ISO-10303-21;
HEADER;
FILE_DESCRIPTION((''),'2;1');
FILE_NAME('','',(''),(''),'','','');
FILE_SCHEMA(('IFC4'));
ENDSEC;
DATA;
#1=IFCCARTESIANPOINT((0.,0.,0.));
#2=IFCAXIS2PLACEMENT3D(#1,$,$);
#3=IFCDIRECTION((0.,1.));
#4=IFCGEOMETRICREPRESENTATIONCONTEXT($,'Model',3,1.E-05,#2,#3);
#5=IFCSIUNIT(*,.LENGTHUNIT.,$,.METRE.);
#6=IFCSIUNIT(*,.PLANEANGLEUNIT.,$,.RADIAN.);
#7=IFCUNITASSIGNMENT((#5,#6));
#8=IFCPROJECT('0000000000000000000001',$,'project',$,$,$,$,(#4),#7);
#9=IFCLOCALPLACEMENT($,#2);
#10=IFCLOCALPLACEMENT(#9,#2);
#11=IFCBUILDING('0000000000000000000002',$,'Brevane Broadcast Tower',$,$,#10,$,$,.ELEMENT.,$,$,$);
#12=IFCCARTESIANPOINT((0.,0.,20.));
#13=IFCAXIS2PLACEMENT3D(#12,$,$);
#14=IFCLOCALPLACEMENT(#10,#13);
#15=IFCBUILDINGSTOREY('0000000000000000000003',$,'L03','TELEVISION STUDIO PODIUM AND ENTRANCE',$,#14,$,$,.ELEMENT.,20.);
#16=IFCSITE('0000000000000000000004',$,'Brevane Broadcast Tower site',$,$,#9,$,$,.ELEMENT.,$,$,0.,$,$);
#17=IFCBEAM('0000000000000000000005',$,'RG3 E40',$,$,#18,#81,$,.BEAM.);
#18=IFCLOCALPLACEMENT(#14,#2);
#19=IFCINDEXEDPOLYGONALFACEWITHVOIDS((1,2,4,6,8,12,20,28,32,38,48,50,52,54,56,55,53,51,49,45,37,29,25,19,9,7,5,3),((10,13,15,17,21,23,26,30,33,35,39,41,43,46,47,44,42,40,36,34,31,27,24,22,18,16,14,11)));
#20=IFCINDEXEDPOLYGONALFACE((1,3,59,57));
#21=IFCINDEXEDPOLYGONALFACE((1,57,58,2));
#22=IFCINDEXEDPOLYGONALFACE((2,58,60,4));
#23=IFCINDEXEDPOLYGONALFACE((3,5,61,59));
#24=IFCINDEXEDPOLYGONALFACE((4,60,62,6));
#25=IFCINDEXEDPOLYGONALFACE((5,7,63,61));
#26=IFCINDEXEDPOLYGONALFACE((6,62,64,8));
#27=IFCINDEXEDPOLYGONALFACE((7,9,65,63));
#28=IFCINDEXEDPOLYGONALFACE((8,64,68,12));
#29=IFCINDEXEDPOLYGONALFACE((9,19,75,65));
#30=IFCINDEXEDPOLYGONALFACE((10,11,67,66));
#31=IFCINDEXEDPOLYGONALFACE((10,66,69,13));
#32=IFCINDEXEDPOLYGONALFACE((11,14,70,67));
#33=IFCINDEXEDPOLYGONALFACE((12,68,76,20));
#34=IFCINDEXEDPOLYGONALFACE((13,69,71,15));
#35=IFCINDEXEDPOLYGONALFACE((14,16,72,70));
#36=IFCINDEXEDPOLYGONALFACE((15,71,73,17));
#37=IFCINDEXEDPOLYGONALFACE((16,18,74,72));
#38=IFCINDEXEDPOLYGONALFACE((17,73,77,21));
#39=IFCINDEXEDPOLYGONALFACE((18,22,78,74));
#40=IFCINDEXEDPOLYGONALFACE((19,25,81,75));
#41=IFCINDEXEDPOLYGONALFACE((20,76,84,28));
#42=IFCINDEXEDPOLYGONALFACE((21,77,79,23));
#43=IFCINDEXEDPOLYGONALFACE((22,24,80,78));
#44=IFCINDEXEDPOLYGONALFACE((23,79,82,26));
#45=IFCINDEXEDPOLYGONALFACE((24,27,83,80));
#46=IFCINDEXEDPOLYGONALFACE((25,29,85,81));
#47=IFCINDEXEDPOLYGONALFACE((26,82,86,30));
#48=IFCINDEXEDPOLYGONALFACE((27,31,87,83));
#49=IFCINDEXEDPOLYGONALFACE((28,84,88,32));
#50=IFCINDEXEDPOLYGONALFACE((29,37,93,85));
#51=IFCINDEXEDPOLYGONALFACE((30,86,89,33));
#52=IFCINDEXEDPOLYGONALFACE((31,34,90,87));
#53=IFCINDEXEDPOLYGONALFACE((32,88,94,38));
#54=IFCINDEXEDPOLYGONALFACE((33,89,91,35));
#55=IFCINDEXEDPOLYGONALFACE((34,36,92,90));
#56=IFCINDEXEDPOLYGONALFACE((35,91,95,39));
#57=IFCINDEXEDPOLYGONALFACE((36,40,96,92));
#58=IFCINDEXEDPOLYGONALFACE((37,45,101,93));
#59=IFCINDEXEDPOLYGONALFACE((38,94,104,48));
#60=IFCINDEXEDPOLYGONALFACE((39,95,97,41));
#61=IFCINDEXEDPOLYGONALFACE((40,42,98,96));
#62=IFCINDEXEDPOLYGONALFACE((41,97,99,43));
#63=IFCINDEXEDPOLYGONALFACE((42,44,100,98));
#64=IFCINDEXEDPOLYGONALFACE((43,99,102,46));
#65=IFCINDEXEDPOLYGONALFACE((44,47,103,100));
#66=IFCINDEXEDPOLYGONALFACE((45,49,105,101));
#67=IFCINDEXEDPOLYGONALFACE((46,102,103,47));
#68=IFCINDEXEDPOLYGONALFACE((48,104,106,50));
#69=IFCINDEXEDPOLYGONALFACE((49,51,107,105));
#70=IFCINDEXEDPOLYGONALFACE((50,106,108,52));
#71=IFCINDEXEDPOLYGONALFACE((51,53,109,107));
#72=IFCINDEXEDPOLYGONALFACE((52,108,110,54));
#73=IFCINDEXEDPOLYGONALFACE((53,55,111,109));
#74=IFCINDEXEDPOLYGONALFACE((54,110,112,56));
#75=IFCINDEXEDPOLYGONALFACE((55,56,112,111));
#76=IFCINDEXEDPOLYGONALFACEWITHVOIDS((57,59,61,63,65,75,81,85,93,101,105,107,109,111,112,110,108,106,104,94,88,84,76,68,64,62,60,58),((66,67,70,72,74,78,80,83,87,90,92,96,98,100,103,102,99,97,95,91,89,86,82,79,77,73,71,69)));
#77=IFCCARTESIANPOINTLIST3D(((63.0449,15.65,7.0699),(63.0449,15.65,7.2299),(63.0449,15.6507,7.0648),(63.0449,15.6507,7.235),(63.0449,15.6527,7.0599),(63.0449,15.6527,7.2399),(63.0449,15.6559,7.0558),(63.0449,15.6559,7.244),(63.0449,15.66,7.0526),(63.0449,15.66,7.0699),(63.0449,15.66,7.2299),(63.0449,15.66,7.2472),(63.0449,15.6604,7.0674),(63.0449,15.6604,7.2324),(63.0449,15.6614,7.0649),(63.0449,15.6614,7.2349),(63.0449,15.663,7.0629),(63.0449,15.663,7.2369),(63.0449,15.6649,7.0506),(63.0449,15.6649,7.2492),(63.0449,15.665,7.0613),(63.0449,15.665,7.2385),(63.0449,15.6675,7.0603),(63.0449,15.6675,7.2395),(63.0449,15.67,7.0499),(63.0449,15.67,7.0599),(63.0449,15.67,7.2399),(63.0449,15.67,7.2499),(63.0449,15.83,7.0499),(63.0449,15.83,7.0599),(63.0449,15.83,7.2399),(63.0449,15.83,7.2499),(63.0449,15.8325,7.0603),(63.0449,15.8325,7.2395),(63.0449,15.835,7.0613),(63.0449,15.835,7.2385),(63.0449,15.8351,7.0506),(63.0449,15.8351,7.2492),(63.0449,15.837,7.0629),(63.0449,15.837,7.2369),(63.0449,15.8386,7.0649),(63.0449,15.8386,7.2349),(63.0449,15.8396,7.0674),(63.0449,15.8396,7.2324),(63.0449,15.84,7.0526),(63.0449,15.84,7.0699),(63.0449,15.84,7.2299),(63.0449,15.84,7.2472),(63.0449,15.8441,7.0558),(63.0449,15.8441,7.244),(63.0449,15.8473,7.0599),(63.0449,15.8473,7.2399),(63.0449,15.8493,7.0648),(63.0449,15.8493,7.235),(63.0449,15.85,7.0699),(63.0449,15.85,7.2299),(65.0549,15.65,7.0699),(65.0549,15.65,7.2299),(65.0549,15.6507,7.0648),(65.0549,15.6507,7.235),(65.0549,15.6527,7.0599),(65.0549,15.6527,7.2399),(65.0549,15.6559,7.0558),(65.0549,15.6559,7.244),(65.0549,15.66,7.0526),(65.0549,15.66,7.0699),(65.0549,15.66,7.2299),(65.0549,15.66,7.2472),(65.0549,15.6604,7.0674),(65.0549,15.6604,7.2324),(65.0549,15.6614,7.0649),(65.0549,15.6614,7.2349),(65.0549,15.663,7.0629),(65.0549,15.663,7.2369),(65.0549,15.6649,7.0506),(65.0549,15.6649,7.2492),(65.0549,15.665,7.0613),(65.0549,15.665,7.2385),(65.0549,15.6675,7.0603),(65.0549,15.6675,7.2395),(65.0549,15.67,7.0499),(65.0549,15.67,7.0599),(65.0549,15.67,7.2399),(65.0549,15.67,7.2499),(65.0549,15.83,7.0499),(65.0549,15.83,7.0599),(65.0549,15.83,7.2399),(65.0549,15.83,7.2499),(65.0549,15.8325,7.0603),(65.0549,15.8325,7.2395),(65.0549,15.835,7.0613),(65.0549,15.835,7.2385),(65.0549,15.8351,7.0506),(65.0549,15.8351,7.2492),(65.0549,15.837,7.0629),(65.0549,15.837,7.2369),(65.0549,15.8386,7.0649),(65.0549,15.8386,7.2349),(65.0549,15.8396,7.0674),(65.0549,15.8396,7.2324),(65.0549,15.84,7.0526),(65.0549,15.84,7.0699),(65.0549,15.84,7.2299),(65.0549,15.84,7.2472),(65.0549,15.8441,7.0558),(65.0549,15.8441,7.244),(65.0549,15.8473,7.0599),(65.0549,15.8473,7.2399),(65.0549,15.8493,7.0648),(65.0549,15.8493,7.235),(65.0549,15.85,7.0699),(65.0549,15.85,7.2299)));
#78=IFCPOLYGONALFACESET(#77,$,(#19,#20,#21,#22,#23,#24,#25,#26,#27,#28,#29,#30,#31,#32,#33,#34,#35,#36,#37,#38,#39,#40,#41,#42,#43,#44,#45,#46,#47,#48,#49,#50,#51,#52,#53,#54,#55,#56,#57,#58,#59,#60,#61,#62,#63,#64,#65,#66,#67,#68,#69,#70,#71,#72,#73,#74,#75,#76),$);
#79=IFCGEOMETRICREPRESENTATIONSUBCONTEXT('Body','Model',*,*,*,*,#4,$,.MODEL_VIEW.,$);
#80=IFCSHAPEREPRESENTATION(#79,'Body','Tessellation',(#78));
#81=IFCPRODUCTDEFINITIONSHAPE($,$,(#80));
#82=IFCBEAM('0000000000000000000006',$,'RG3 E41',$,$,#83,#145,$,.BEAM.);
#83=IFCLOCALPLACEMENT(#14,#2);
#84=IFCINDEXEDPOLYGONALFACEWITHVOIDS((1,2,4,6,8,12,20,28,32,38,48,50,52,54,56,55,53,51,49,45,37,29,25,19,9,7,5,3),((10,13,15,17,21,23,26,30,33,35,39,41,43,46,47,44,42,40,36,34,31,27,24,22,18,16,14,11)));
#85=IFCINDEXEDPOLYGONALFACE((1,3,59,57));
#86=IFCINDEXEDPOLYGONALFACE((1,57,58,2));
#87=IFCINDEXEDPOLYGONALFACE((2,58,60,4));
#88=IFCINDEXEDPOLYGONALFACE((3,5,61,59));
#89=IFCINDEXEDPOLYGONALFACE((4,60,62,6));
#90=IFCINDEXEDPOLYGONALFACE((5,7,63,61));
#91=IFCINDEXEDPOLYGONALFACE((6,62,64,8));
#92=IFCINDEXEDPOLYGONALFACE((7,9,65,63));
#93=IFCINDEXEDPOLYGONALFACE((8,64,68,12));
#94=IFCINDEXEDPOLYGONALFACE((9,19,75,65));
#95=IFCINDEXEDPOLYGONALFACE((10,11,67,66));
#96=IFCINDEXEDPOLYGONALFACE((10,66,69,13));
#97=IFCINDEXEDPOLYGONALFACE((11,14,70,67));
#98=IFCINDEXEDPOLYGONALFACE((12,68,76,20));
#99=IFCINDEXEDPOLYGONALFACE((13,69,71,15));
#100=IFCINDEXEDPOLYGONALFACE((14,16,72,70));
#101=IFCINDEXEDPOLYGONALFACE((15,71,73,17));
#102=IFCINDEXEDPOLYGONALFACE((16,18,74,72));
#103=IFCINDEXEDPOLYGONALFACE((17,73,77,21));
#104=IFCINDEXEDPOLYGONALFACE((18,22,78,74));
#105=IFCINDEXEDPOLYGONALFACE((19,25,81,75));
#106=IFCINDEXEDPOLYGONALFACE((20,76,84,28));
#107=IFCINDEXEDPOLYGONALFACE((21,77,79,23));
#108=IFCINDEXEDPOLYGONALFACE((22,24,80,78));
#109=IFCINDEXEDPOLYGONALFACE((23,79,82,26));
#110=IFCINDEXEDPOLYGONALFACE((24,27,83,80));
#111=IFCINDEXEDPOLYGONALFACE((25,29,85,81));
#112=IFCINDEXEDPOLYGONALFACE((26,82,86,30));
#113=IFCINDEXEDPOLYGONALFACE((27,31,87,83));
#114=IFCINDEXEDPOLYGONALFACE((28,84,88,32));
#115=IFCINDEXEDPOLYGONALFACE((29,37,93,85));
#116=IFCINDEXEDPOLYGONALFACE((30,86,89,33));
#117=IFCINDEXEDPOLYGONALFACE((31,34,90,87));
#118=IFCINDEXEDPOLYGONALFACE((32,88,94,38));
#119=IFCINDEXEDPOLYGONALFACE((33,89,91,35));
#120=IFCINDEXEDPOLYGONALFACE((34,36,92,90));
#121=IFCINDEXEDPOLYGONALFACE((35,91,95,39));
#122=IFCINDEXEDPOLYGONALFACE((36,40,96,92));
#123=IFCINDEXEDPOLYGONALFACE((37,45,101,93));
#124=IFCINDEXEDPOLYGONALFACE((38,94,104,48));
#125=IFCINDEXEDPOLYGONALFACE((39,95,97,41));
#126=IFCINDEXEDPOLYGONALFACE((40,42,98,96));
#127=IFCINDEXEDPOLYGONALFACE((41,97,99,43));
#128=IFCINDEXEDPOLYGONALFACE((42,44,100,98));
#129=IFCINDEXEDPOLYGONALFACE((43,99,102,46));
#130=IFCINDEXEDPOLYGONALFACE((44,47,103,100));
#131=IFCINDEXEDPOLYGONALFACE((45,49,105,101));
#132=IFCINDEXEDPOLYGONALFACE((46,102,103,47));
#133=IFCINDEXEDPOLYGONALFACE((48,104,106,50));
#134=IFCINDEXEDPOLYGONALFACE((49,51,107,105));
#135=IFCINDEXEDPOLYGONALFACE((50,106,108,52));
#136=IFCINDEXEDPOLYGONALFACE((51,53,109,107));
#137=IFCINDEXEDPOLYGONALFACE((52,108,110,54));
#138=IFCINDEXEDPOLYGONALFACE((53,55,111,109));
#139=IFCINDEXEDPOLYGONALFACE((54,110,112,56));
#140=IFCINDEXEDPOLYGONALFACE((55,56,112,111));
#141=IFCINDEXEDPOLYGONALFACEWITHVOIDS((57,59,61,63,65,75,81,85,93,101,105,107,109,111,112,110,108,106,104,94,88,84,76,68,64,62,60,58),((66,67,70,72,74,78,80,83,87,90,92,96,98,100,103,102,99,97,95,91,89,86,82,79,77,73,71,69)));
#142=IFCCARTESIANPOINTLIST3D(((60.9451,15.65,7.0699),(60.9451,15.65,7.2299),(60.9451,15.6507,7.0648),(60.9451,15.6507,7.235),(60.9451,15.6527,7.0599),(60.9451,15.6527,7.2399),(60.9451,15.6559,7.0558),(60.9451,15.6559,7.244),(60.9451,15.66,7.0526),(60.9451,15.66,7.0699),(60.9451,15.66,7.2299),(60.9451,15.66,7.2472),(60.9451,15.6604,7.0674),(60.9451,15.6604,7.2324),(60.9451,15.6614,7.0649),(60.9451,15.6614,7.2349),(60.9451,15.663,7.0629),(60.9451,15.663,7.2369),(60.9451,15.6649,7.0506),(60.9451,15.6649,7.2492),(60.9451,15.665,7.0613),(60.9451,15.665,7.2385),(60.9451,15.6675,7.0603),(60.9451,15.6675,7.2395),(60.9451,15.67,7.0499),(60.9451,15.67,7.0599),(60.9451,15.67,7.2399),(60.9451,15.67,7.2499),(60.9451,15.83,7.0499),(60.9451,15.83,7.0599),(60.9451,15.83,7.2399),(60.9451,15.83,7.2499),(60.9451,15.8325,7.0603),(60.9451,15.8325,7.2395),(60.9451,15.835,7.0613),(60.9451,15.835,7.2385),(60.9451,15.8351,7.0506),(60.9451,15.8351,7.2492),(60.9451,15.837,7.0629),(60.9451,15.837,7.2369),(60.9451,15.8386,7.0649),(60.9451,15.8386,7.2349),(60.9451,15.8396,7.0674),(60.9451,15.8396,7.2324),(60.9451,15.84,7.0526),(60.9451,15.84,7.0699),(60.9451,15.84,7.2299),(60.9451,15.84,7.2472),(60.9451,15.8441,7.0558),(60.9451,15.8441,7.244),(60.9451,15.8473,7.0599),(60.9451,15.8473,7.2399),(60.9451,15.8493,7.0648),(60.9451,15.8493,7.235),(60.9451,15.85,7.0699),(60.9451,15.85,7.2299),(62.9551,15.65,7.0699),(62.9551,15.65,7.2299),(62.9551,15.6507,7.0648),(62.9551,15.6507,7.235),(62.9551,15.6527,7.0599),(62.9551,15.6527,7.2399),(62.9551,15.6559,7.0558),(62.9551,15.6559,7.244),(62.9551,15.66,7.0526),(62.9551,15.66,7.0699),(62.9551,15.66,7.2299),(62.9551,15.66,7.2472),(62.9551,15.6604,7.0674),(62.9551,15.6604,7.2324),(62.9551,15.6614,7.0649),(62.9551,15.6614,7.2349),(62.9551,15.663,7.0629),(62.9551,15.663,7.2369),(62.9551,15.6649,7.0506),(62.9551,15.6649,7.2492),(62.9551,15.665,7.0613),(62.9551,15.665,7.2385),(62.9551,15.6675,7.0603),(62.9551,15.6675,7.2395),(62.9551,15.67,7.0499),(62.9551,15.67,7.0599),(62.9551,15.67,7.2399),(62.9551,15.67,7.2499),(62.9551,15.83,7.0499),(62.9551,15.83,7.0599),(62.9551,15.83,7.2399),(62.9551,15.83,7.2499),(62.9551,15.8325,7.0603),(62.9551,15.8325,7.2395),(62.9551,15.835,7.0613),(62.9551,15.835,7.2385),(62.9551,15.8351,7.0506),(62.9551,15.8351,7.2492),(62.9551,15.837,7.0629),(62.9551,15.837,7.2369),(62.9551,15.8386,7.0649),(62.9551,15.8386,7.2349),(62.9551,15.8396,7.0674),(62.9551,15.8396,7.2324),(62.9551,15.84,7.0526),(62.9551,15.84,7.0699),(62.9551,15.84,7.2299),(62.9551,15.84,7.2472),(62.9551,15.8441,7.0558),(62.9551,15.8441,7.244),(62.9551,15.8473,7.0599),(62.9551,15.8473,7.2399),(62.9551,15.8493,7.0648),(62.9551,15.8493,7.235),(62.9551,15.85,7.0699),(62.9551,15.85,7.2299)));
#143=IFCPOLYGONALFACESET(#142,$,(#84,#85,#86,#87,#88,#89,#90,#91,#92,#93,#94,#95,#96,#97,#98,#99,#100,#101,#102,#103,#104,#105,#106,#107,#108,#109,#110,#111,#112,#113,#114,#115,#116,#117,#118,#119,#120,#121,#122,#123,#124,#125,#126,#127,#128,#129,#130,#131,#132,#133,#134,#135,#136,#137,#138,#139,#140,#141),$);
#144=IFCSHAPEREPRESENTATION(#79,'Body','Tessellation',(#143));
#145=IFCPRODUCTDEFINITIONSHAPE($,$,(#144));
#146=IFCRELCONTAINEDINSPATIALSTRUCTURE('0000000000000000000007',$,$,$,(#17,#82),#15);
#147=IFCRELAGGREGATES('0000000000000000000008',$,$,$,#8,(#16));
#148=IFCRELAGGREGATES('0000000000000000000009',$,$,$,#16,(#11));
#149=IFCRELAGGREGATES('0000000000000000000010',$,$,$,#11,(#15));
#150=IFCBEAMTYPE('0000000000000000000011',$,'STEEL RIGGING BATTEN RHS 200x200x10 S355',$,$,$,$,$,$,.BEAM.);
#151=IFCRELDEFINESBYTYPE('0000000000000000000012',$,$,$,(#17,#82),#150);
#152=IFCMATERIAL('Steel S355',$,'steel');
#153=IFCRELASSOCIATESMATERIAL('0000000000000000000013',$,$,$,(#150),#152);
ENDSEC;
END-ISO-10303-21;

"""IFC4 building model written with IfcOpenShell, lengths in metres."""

from ifc_helpers import new_model, si_unit, direction, frame, origin, origin_2d, place, context, subcontext, project, spatial, hollow_rectangle, extrude, material, material_profile, profile_set, type_object, element, save


model = new_model("IFC4")

# Units and contexts
model_context = context("Model", 3, precision=1e-05, world=origin(), true_north=direction((0.0, 1.0)))
body_context = subcontext(model_context, "Body", "Model", "MODEL_VIEW")
ifc_project = project(units=[si_unit("LENGTHUNIT", "METRE"), si_unit("PLANEANGLEUNIT", "RADIAN")], contexts=[model_context])

# Site, building, storey
site_placement = place(None, origin())
site = spatial("IfcSite", under=ifc_project, at=site_placement, Name="Brevane Broadcast Tower site", CompositionType="ELEMENT", RefElevation=0.0)
building_placement = place(site_placement, origin())
building = spatial("IfcBuilding", under=site, at=building_placement, Name="Brevane Broadcast Tower", CompositionType="ELEMENT")
storey_placement = place(building_placement, frame((0.0, 0.0, 20.0)))
storey = spatial("IfcBuildingStorey", under=building, at=storey_placement, Name="L03", Description="TELEVISION STUDIO PODIUM AND ENTRANCE", CompositionType="ELEMENT", Elevation=20.0)

# Beams
ifc_material_1 = material(Name="Steel S355", Category="steel")
ifc_material_profile_1 = material_profile(ifc_material_1, hollow_rectangle(XDim=0.2, YDim=0.2, WallThickness=0.01, InnerFilletRadius=0.01, OuterFilletRadius=0.02, at=origin_2d()), Name="RHS 200x200x10")
ifc_profile_set_1 = profile_set([ifc_material_profile_1], Name="Steel S355")
beam_type_1 = type_object("IfcBeamType", Name="STEEL RIGGING BATTEN RHS 200x200x10 S355", PredefinedType="BEAM", material=ifc_profile_set_1)
for number, where, z_axis, x_axis, name in (
    (1, (65.0549, 15.75, 7.1499), (-1.0, 0.0, 0.0), (0.0, -1.0, 0.0), "RG3 E40"),
    (2, (62.9551, 15.75, 7.1499), (-1.0, 0.0, 0.0), (0.0, -1.0, 0.0), "RG3 E41"),
):
    element("IfcBeam", number, at=place(storey_placement, frame(where, z_axis=z_axis, x_axis=x_axis)), inside=storey, type_object=beam_type_1, Name=name, PredefinedType="BEAM", context=body_context, shape_type="SweptSolid", body=[
        extrude(hollow_rectangle(XDim=0.2, YDim=0.2, WallThickness=0.01, InnerFilletRadius=0.01, OuterFilletRadius=0.02, at=origin_2d()), origin(), (0.0, 0.0, 1.0), 2.01),
    ])

save(model, "model.ifc")
